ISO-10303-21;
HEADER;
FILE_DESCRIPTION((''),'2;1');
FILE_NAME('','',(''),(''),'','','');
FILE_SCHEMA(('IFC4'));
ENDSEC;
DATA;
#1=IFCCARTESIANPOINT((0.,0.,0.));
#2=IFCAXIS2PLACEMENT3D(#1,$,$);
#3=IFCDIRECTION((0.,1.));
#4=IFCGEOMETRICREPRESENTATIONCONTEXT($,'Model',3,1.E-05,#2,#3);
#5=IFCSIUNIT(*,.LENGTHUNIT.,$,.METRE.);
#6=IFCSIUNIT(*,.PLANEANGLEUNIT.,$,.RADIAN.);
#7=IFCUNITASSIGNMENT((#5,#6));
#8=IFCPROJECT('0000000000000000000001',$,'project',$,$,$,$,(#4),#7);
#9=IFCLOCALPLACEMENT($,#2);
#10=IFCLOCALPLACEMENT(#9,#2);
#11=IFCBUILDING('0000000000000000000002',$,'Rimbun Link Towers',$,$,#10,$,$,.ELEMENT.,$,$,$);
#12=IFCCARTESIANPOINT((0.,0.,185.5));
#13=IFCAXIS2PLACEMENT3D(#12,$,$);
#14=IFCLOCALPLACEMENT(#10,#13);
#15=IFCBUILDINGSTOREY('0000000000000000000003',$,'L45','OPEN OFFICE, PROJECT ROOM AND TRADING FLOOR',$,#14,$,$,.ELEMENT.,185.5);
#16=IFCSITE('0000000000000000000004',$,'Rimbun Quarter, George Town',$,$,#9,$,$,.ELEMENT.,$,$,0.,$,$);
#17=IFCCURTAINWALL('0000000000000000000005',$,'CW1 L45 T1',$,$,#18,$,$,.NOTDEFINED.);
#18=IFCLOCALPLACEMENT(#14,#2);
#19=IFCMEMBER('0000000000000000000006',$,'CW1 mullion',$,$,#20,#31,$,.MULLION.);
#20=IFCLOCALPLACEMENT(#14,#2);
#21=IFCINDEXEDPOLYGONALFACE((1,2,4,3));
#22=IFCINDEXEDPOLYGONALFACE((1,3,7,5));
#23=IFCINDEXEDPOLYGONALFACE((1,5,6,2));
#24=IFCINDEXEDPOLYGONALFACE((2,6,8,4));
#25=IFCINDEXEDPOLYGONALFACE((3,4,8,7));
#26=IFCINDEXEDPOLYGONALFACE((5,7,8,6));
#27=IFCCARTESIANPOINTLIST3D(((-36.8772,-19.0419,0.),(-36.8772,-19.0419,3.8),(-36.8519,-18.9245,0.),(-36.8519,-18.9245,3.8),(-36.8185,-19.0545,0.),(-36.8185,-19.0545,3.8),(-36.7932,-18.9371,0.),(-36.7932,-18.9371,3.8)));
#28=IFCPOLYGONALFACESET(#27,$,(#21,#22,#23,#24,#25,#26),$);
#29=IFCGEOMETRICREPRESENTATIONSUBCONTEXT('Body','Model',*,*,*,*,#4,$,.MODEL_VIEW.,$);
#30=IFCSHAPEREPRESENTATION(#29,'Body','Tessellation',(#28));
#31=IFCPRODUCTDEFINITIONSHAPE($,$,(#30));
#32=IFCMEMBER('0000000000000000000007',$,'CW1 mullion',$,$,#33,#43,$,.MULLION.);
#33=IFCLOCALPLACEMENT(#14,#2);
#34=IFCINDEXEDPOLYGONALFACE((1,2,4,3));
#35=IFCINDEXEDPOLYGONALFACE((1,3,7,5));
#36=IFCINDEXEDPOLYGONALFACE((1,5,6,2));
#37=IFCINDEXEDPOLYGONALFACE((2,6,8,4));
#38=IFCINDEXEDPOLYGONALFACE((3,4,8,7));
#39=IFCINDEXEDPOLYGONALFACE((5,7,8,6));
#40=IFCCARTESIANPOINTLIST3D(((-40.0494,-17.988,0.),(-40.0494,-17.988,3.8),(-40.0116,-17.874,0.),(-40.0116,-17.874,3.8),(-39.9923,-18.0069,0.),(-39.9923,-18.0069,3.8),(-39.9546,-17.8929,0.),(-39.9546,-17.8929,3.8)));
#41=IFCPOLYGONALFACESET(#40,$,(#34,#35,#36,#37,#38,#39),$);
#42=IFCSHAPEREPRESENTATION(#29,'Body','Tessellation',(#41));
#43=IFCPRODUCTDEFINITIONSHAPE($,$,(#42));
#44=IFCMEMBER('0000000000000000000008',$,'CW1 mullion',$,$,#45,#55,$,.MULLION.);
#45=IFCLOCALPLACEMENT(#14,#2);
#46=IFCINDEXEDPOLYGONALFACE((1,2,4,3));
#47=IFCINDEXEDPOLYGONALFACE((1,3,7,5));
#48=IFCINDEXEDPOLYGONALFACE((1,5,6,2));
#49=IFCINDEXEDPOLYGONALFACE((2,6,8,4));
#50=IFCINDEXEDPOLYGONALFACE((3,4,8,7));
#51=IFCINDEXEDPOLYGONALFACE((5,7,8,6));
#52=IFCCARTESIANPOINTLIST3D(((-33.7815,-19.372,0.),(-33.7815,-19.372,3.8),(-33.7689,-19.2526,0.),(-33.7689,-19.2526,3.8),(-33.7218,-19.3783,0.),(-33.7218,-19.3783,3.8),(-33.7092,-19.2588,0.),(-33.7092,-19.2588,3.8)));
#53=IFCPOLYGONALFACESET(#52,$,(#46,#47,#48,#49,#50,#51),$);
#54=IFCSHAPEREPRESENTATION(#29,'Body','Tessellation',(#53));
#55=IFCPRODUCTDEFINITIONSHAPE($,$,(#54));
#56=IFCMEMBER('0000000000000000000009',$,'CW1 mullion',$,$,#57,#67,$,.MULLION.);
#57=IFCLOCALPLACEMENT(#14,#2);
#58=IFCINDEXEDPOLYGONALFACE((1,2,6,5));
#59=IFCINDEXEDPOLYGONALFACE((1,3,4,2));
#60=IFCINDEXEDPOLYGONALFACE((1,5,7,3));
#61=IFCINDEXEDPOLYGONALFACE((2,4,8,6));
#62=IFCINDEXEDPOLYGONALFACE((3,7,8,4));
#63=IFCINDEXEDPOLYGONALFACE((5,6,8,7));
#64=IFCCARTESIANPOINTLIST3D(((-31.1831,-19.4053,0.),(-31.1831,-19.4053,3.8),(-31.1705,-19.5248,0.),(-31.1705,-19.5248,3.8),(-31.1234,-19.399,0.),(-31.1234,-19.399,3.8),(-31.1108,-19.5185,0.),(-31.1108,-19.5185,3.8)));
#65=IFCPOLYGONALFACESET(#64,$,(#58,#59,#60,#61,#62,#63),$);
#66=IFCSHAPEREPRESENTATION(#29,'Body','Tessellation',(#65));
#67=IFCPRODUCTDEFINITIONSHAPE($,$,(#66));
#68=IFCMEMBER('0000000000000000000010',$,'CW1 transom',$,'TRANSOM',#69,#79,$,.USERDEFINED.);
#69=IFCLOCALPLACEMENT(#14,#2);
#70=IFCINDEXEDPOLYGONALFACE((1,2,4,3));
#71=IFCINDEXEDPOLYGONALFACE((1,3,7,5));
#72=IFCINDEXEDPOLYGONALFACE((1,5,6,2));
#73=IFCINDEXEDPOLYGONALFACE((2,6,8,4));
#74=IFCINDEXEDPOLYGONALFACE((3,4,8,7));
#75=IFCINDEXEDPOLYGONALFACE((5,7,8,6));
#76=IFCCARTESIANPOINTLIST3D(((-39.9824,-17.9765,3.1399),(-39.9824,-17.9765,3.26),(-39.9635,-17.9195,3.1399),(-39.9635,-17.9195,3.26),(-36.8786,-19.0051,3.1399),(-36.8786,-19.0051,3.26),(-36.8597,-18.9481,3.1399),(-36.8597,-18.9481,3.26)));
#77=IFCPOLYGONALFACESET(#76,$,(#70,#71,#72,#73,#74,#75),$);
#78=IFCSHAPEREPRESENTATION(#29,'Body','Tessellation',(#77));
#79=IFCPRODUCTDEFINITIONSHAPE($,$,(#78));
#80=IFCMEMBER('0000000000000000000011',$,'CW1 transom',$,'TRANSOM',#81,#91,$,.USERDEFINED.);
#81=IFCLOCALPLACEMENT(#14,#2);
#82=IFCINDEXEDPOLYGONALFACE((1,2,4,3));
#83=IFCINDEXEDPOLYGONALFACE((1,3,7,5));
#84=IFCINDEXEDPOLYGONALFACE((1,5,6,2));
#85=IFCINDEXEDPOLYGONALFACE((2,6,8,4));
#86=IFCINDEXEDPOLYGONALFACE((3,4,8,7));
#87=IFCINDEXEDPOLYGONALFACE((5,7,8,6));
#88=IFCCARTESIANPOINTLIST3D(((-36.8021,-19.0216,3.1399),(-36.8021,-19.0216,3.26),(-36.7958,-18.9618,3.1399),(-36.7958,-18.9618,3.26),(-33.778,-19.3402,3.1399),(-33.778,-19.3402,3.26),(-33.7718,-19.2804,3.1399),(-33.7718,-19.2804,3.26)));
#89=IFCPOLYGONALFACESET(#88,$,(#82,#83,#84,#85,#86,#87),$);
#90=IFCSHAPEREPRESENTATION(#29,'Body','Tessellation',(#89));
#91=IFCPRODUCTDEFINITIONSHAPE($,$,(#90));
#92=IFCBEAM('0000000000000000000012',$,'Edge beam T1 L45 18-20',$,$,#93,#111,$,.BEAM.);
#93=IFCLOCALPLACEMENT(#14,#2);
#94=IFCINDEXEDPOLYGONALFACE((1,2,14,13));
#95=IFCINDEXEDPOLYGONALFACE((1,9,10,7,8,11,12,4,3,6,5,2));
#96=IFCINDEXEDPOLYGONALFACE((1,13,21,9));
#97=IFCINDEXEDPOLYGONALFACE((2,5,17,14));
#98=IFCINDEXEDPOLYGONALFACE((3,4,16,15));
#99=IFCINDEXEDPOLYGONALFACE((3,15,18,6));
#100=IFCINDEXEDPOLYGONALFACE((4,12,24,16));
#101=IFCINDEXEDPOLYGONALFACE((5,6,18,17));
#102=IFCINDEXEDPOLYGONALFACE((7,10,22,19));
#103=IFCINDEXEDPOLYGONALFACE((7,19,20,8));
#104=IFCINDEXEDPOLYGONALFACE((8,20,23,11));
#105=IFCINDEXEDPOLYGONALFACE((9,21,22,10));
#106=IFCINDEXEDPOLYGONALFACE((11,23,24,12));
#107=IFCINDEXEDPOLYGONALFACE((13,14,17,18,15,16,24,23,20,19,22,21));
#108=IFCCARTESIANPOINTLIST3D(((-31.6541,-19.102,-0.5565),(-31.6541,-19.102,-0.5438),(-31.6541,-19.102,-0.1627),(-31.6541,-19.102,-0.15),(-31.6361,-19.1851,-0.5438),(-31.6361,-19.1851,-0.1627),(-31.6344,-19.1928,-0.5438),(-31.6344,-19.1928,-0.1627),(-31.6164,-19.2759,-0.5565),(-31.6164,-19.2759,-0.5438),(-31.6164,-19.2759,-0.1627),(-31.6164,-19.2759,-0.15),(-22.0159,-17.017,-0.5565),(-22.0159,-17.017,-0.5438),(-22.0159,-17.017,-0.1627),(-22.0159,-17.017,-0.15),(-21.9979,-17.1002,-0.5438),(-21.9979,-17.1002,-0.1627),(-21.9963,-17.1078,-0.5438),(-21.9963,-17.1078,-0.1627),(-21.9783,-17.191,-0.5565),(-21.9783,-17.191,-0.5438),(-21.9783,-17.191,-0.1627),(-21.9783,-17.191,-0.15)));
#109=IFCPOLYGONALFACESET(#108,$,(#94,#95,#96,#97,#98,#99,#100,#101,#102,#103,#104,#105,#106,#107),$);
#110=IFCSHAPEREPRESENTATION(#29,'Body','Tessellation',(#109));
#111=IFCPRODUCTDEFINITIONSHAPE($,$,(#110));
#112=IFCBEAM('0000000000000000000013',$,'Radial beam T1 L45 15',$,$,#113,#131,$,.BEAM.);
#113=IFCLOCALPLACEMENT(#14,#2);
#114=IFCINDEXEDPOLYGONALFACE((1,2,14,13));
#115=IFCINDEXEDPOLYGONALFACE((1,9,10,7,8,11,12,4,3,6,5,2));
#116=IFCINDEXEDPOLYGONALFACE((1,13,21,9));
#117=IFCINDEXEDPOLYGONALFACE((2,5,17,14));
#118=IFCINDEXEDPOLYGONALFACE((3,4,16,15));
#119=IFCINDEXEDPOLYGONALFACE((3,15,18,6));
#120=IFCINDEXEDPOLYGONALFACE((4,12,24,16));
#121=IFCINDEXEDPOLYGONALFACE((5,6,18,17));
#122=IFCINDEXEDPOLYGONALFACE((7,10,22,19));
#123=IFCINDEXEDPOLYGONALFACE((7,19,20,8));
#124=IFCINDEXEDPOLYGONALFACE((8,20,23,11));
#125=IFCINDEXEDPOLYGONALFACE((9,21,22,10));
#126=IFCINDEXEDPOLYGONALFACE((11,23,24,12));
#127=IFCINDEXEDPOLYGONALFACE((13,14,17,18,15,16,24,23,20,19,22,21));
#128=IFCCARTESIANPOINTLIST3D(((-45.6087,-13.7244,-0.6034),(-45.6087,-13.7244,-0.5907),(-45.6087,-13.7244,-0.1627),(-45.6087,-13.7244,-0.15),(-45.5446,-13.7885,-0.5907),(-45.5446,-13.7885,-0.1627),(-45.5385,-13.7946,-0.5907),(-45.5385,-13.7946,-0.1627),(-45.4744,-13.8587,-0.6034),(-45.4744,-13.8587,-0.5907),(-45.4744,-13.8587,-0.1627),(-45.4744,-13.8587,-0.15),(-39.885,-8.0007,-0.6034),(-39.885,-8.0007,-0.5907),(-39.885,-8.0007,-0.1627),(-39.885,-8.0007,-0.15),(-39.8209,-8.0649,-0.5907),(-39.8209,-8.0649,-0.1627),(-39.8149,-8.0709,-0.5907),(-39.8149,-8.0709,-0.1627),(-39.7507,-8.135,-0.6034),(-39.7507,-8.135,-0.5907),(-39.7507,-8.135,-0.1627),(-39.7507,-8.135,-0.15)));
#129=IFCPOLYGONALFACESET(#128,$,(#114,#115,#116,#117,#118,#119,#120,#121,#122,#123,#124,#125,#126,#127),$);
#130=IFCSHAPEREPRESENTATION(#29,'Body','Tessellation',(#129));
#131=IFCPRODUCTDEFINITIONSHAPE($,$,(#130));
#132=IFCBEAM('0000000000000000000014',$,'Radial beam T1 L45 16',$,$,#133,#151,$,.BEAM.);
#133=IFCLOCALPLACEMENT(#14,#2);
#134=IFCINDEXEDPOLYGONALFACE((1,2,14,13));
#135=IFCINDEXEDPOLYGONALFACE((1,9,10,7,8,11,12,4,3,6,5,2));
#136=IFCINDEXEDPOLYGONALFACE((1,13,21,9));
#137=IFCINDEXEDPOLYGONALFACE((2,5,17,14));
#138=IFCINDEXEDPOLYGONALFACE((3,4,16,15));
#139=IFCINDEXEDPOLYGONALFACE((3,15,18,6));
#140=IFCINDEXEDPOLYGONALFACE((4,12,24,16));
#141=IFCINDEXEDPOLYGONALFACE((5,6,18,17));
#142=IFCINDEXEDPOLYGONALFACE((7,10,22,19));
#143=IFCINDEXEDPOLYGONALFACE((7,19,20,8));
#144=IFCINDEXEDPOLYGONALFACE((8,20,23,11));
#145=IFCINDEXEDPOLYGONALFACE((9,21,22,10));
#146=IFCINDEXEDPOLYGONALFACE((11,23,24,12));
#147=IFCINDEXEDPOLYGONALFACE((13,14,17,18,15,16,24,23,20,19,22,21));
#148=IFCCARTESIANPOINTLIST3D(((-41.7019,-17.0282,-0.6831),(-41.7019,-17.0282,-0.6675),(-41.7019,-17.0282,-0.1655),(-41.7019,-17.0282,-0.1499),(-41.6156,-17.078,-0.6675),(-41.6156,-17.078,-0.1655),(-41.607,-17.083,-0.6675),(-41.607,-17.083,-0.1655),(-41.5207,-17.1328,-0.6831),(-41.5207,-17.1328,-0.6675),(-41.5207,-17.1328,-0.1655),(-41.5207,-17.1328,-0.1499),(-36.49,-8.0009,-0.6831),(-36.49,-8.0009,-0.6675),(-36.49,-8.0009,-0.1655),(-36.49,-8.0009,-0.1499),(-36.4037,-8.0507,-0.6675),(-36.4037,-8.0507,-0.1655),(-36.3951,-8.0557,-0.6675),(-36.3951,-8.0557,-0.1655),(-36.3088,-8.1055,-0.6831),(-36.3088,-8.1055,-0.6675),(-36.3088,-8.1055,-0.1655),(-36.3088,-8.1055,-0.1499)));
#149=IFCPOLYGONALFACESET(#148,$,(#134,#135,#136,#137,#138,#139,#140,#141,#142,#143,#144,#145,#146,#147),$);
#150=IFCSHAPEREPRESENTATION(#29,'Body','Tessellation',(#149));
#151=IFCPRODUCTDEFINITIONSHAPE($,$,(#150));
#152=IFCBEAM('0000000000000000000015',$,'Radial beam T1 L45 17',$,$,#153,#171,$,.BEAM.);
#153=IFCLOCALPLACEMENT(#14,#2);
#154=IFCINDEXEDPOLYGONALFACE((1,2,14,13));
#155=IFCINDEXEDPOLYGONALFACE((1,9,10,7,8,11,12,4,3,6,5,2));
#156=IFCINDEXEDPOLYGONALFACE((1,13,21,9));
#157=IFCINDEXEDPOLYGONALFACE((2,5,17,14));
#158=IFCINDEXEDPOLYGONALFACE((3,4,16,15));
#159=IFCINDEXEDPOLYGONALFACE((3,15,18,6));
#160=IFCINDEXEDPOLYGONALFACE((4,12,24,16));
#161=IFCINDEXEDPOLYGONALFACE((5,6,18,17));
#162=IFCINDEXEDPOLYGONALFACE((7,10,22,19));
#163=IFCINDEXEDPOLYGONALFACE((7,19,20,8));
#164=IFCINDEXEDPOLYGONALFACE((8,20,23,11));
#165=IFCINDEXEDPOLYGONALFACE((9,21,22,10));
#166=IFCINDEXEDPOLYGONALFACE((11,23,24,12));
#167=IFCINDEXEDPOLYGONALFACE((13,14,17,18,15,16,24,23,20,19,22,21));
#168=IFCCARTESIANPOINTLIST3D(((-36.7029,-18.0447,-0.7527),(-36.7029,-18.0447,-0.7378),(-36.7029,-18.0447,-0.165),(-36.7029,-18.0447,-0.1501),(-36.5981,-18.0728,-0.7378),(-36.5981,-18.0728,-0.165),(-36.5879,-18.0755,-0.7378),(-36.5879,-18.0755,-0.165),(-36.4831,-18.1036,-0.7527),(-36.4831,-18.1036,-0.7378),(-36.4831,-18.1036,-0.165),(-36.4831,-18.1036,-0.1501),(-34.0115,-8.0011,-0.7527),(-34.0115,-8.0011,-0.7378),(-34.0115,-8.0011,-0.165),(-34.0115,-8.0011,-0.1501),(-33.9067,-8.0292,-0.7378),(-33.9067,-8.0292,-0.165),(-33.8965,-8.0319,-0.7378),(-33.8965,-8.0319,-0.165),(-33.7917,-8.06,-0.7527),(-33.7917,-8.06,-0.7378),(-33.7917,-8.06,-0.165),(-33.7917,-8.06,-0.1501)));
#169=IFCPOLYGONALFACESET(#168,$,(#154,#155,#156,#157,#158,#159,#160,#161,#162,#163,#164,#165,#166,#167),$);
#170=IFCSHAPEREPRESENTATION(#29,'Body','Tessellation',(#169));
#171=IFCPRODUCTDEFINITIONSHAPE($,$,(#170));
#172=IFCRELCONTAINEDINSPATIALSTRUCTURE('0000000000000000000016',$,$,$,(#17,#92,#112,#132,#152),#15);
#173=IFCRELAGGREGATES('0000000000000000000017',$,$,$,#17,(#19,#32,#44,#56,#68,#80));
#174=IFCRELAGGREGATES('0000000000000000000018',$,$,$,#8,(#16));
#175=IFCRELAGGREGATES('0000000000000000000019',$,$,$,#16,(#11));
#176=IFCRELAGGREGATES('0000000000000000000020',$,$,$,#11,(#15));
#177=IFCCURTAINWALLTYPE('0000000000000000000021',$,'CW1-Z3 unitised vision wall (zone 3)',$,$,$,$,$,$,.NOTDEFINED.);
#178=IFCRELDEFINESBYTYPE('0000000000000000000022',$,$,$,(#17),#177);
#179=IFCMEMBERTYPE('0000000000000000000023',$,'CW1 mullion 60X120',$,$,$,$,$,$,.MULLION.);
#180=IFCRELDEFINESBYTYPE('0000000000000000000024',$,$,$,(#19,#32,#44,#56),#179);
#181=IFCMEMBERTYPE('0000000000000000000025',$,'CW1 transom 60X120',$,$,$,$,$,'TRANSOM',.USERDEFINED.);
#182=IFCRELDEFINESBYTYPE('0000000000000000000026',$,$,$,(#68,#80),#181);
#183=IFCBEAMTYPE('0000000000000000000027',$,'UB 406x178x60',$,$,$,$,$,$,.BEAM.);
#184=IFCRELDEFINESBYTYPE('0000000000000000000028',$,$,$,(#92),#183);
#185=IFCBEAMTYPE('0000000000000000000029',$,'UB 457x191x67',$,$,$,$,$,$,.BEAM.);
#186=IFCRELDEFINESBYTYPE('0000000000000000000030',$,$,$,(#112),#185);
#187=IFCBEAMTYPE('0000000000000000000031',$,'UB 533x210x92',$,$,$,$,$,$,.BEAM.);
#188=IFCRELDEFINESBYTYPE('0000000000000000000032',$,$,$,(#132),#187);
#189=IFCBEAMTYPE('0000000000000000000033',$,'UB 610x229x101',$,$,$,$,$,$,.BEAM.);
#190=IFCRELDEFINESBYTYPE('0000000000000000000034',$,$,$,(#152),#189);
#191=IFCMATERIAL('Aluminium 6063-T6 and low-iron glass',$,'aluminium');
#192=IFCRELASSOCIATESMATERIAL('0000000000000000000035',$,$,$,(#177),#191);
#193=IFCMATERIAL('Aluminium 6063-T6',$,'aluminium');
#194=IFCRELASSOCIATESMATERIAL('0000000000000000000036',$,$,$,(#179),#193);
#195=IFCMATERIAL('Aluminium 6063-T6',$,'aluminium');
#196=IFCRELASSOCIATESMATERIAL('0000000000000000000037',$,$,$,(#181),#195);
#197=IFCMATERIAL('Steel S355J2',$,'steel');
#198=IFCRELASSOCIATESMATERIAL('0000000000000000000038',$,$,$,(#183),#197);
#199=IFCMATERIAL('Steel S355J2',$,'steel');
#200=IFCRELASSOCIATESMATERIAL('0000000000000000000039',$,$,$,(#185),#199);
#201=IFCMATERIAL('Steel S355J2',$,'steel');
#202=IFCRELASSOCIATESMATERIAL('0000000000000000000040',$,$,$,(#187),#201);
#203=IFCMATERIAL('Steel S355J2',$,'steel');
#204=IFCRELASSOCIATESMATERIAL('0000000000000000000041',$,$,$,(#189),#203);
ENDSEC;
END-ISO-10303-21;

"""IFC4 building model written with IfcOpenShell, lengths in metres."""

from ifc_helpers import new_model, si_unit, direction, frame, origin, origin_2d, place, context, subcontext, project, spatial, rectangle, i_section, extrude, material, material_profile, profile_set, type_object, element, aggregate, save


model = new_model("IFC4")

# Units and contexts
model_context = context("Model", 3, precision=1e-05, world=origin(), true_north=direction((0.0, 1.0)))
body_context = subcontext(model_context, "Body", "Model", "MODEL_VIEW")
ifc_project = project(units=[si_unit("LENGTHUNIT", "METRE"), si_unit("PLANEANGLEUNIT", "RADIAN")], contexts=[model_context])

# Site, building, storey
site_placement = place(None, origin())
site = spatial("IfcSite", under=ifc_project, at=site_placement, Name="Rimbun Quarter, George Town", CompositionType="ELEMENT", RefElevation=0.0)
building_placement = place(site_placement, origin())
building = spatial("IfcBuilding", under=site, at=building_placement, Name="Rimbun Link Towers", CompositionType="ELEMENT")
storey_placement = place(building_placement, frame((0.0, 0.0, 185.5)))
storey = spatial("IfcBuildingStorey", under=building, at=storey_placement, Name="L45", Description="OPEN OFFICE, PROJECT ROOM AND TRADING FLOOR", CompositionType="ELEMENT", Elevation=185.5)

# Curtain wall, members
ifc_material_1 = material(Name="Aluminium 6063-T6 and low-iron glass", Category="aluminium")
curtain_wall_type = type_object("IfcCurtainWallType", Name="CW1-Z3 unitised vision wall (zone 3)", PredefinedType="NOTDEFINED", material=ifc_material_1)
curtain_wall_placement = place(storey_placement, origin())
curtain_wall = element("IfcCurtainWall", 1, at=curtain_wall_placement, inside=storey, type_object=curtain_wall_type, Name="CW1 L45 T1", PredefinedType="NOTDEFINED")
ifc_material_2 = material(Name="Aluminium 6063-T6", Category="aluminium")
ifc_material_profile_1 = material_profile(ifc_material_2, rectangle(XDim=0.1201, YDim=0.0601, at=origin_2d()), Name="MULLION 60X120")
ifc_profile_set_1 = profile_set([ifc_material_profile_1], Name="Aluminium 6063-T6")
member_type_1 = type_object("IfcMemberType", Name="CW1 mullion 60X120", PredefinedType="MULLION", material=ifc_profile_set_1)
member_1_placement = place(storey_placement, frame((-36.8352, -18.9895, 0.0), z_axis=(0.0, 0.0, 1.0), x_axis=(-0.210877, -0.977513, 0.0)))
member_1 = element("IfcMember", 2, at=member_1_placement, type_object=member_type_1, Name="CW1 mullion", PredefinedType="MULLION", context=body_context, shape_type="SweptSolid", body=[
    extrude(rectangle(XDim=0.1201, YDim=0.0601, at=origin_2d()), origin(), (0.0, 0.0, 1.0), 3.8),
])
member_2_placement = place(storey_placement, frame((-40.002, -17.9404, 0.0), z_axis=(0.0, 0.0, 1.0), x_axis=(-0.314565, -0.949236, 0.0)))
member_2 = element("IfcMember", 3, at=member_2_placement, type_object=member_type_1, Name="CW1 mullion", PredefinedType="MULLION", context=body_context, shape_type="SweptSolid", body=[
    extrude(rectangle(XDim=0.1201, YDim=0.0601, at=origin_2d()), origin(), (0.0, 0.0, 1.0), 3.8),
])
member_3_placement = place(storey_placement, frame((-33.7454, -19.3154, 0.0), z_axis=(0.0, 0.0, 1.0), x_axis=(-0.104753, -0.994498, 0.0)))
member_3 = element("IfcMember", 4, at=member_3_placement, type_object=member_type_1, Name="CW1 mullion", PredefinedType="MULLION", context=body_context, shape_type="SweptSolid", body=[
    extrude(rectangle(XDim=0.1201, YDim=0.0601, at=origin_2d()), origin(), (0.0, 0.0, 1.0), 3.8),
])
member_4_placement = place(storey_placement, frame((-31.147, -19.4619, 0.0), z_axis=(0.0, 0.0, 1.0), x_axis=(0.104753, -0.994498, 0.0)))
member_4 = element("IfcMember", 5, at=member_4_placement, type_object=member_type_1, Name="CW1 mullion", PredefinedType="MULLION", context=body_context, shape_type="SweptSolid", body=[
    extrude(rectangle(XDim=0.1201, YDim=0.0601, at=origin_2d()), origin(), (0.0, 0.0, 1.0), 3.8),
])
ifc_material_3 = material(Name="Aluminium 6063-T6", Category="aluminium")
ifc_material_profile_2 = material_profile(ifc_material_3, rectangle(XDim=0.0601, YDim=0.1201, at=origin_2d()), Name="TRANSOM 60X120")
ifc_profile_set_2 = profile_set([ifc_material_profile_2], Name="Aluminium 6063-T6")
member_type_2 = type_object("IfcMemberType", Name="CW1 transom 60X120", ElementType="TRANSOM", PredefinedType="USERDEFINED", material=ifc_profile_set_2)
member_5_placement = place(storey_placement, frame((-36.8691, -18.9766, 3.2), z_axis=(-0.949234, 0.31457, 0.0), x_axis=(-0.31457, -0.949234, 0.0)))
member_5 = element("IfcMember", 6, at=member_5_placement, type_object=member_type_2, Name="CW1 transom", ObjectType="TRANSOM", PredefinedType="USERDEFINED", context=body_context, shape_type="SweptSolid", body=[
    extrude(rectangle(XDim=0.0601, YDim=0.1201, at=origin_2d()), origin(), (0.0, 0.0, 1.0), 3.2698),
])
member_6_placement = place(storey_placement, frame((-33.7749, -19.3103, 3.2), z_axis=(-0.994495, 0.104781, 0.0), x_axis=(-0.104781, -0.994495, 0.0)))
member_6 = element("IfcMember", 7, at=member_6_placement, type_object=member_type_2, Name="CW1 transom", ObjectType="TRANSOM", PredefinedType="USERDEFINED", context=body_context, shape_type="SweptSolid", body=[
    extrude(rectangle(XDim=0.0601, YDim=0.1201, at=origin_2d()), origin(), (0.0, 0.0, 1.0), 3.0408),
])

# Beams
ifc_material_4 = material(Name="Steel S355J2", Category="steel")
ifc_material_profile_3 = material_profile(ifc_material_4, i_section(OverallWidth=0.178, OverallDepth=0.4065, WebThickness=0.0078, FlangeThickness=0.0127, at=origin_2d()), Name="UB 406x178x60")
ifc_profile_set_3 = profile_set([ifc_material_profile_3], Name="Steel S355J2")
beam_type_1 = type_object("IfcBeamType", Name="UB 406x178x60", PredefinedType="BEAM", material=ifc_profile_set_3)
beam_1_placement = place(storey_placement, frame((-31.6353, -19.189, -0.3533), z_axis=(0.977393, 0.211433, 0.0), x_axis=(-0.211433, 0.977393, 0.0)))
element("IfcBeam", 8, at=beam_1_placement, inside=storey, type_object=beam_type_1, Name="Edge beam T1 L45 18-20", PredefinedType="BEAM", context=body_context, shape_type="SweptSolid", body=[
    extrude(i_section(OverallWidth=0.178, OverallDepth=0.4065, WebThickness=0.0078, FlangeThickness=0.0127, at=origin_2d()), origin(), (0.0, 0.0, 1.0), 9.8611),
])
ifc_material_5 = material(Name="Steel S355J2", Category="steel")
ifc_material_profile_4 = material_profile(ifc_material_5, i_section(OverallWidth=0.1899, OverallDepth=0.4534, WebThickness=0.0085, FlangeThickness=0.0127, at=origin_2d()), Name="UB 457x191x67")
ifc_profile_set_4 = profile_set([ifc_material_profile_4], Name="Steel S355J2")
beam_type_2 = type_object("IfcBeamType", Name="UB 457x191x67", PredefinedType="BEAM", material=ifc_profile_set_4)
beam_2_placement = place(storey_placement, frame((-39.8179, -8.0679, -0.3767), z_axis=(-0.707107, -0.707107, 0.0), x_axis=(0.707107, -0.707107, 0.0)))
element("IfcBeam", 9, at=beam_2_placement, inside=storey, type_object=beam_type_2, Name="Radial beam T1 L45 15", PredefinedType="BEAM", context=body_context, shape_type="SweptSolid", body=[
    extrude(i_section(OverallWidth=0.1899, OverallDepth=0.4534, WebThickness=0.0085, FlangeThickness=0.0127, at=origin_2d()), origin(), (0.0, 0.0, 1.0), 8.0945),
])
ifc_material_6 = material(Name="Steel S355J2", Category="steel")
ifc_material_profile_5 = material_profile(ifc_material_6, i_section(OverallWidth=0.2092, OverallDepth=0.5332, WebThickness=0.01, FlangeThickness=0.0156, at=origin_2d()), Name="UB 533x210x92")
ifc_profile_set_5 = profile_set([ifc_material_profile_5], Name="Steel S355J2")
beam_type_3 = type_object("IfcBeamType", Name="UB 533x210x92", PredefinedType="BEAM", material=ifc_profile_set_5)
beam_3_placement = place(storey_placement, frame((-36.3994, -8.0532, -0.4165), z_axis=(-0.499998, -0.866026, 0.0), x_axis=(0.866026, -0.499998, 0.0)))
element("IfcBeam", 10, at=beam_3_placement, inside=storey, type_object=beam_type_3, Name="Radial beam T1 L45 16", PredefinedType="BEAM", context=body_context, shape_type="SweptSolid", body=[
    extrude(i_section(OverallWidth=0.2092, OverallDepth=0.5332, WebThickness=0.01, FlangeThickness=0.0156, at=origin_2d()), origin(), (0.0, 0.0, 1.0), 10.4238),
])
ifc_material_7 = material(Name="Steel S355J2", Category="steel")
ifc_material_profile_6 = material_profile(ifc_material_7, i_section(OverallWidth=0.2275, OverallDepth=0.6025, WebThickness=0.0105, FlangeThickness=0.0149, at=origin_2d()), Name="UB 610x229x101")
ifc_profile_set_6 = profile_set([ifc_material_profile_6], Name="Steel S355J2")
beam_type_4 = type_object("IfcBeamType", Name="UB 610x229x101", PredefinedType="BEAM", material=ifc_profile_set_6)
beam_4_placement = place(storey_placement, frame((-33.9016, -8.0305, -0.4514), z_axis=(-0.258837, -0.965921, 0.0), x_axis=(0.965921, -0.258837, 0.0)))
element("IfcBeam", 11, at=beam_4_placement, inside=storey, type_object=beam_type_4, Name="Radial beam T1 L45 17", PredefinedType="BEAM", context=body_context, shape_type="SweptSolid", body=[
    extrude(i_section(OverallWidth=0.2275, OverallDepth=0.6025, WebThickness=0.0105, FlangeThickness=0.0149, at=origin_2d()), origin(), (0.0, 0.0, 1.0), 10.3979),
])

aggregate(curtain_wall, [member_1, member_2, member_3, member_4, member_5, member_6])

save(model, "model.ifc")
